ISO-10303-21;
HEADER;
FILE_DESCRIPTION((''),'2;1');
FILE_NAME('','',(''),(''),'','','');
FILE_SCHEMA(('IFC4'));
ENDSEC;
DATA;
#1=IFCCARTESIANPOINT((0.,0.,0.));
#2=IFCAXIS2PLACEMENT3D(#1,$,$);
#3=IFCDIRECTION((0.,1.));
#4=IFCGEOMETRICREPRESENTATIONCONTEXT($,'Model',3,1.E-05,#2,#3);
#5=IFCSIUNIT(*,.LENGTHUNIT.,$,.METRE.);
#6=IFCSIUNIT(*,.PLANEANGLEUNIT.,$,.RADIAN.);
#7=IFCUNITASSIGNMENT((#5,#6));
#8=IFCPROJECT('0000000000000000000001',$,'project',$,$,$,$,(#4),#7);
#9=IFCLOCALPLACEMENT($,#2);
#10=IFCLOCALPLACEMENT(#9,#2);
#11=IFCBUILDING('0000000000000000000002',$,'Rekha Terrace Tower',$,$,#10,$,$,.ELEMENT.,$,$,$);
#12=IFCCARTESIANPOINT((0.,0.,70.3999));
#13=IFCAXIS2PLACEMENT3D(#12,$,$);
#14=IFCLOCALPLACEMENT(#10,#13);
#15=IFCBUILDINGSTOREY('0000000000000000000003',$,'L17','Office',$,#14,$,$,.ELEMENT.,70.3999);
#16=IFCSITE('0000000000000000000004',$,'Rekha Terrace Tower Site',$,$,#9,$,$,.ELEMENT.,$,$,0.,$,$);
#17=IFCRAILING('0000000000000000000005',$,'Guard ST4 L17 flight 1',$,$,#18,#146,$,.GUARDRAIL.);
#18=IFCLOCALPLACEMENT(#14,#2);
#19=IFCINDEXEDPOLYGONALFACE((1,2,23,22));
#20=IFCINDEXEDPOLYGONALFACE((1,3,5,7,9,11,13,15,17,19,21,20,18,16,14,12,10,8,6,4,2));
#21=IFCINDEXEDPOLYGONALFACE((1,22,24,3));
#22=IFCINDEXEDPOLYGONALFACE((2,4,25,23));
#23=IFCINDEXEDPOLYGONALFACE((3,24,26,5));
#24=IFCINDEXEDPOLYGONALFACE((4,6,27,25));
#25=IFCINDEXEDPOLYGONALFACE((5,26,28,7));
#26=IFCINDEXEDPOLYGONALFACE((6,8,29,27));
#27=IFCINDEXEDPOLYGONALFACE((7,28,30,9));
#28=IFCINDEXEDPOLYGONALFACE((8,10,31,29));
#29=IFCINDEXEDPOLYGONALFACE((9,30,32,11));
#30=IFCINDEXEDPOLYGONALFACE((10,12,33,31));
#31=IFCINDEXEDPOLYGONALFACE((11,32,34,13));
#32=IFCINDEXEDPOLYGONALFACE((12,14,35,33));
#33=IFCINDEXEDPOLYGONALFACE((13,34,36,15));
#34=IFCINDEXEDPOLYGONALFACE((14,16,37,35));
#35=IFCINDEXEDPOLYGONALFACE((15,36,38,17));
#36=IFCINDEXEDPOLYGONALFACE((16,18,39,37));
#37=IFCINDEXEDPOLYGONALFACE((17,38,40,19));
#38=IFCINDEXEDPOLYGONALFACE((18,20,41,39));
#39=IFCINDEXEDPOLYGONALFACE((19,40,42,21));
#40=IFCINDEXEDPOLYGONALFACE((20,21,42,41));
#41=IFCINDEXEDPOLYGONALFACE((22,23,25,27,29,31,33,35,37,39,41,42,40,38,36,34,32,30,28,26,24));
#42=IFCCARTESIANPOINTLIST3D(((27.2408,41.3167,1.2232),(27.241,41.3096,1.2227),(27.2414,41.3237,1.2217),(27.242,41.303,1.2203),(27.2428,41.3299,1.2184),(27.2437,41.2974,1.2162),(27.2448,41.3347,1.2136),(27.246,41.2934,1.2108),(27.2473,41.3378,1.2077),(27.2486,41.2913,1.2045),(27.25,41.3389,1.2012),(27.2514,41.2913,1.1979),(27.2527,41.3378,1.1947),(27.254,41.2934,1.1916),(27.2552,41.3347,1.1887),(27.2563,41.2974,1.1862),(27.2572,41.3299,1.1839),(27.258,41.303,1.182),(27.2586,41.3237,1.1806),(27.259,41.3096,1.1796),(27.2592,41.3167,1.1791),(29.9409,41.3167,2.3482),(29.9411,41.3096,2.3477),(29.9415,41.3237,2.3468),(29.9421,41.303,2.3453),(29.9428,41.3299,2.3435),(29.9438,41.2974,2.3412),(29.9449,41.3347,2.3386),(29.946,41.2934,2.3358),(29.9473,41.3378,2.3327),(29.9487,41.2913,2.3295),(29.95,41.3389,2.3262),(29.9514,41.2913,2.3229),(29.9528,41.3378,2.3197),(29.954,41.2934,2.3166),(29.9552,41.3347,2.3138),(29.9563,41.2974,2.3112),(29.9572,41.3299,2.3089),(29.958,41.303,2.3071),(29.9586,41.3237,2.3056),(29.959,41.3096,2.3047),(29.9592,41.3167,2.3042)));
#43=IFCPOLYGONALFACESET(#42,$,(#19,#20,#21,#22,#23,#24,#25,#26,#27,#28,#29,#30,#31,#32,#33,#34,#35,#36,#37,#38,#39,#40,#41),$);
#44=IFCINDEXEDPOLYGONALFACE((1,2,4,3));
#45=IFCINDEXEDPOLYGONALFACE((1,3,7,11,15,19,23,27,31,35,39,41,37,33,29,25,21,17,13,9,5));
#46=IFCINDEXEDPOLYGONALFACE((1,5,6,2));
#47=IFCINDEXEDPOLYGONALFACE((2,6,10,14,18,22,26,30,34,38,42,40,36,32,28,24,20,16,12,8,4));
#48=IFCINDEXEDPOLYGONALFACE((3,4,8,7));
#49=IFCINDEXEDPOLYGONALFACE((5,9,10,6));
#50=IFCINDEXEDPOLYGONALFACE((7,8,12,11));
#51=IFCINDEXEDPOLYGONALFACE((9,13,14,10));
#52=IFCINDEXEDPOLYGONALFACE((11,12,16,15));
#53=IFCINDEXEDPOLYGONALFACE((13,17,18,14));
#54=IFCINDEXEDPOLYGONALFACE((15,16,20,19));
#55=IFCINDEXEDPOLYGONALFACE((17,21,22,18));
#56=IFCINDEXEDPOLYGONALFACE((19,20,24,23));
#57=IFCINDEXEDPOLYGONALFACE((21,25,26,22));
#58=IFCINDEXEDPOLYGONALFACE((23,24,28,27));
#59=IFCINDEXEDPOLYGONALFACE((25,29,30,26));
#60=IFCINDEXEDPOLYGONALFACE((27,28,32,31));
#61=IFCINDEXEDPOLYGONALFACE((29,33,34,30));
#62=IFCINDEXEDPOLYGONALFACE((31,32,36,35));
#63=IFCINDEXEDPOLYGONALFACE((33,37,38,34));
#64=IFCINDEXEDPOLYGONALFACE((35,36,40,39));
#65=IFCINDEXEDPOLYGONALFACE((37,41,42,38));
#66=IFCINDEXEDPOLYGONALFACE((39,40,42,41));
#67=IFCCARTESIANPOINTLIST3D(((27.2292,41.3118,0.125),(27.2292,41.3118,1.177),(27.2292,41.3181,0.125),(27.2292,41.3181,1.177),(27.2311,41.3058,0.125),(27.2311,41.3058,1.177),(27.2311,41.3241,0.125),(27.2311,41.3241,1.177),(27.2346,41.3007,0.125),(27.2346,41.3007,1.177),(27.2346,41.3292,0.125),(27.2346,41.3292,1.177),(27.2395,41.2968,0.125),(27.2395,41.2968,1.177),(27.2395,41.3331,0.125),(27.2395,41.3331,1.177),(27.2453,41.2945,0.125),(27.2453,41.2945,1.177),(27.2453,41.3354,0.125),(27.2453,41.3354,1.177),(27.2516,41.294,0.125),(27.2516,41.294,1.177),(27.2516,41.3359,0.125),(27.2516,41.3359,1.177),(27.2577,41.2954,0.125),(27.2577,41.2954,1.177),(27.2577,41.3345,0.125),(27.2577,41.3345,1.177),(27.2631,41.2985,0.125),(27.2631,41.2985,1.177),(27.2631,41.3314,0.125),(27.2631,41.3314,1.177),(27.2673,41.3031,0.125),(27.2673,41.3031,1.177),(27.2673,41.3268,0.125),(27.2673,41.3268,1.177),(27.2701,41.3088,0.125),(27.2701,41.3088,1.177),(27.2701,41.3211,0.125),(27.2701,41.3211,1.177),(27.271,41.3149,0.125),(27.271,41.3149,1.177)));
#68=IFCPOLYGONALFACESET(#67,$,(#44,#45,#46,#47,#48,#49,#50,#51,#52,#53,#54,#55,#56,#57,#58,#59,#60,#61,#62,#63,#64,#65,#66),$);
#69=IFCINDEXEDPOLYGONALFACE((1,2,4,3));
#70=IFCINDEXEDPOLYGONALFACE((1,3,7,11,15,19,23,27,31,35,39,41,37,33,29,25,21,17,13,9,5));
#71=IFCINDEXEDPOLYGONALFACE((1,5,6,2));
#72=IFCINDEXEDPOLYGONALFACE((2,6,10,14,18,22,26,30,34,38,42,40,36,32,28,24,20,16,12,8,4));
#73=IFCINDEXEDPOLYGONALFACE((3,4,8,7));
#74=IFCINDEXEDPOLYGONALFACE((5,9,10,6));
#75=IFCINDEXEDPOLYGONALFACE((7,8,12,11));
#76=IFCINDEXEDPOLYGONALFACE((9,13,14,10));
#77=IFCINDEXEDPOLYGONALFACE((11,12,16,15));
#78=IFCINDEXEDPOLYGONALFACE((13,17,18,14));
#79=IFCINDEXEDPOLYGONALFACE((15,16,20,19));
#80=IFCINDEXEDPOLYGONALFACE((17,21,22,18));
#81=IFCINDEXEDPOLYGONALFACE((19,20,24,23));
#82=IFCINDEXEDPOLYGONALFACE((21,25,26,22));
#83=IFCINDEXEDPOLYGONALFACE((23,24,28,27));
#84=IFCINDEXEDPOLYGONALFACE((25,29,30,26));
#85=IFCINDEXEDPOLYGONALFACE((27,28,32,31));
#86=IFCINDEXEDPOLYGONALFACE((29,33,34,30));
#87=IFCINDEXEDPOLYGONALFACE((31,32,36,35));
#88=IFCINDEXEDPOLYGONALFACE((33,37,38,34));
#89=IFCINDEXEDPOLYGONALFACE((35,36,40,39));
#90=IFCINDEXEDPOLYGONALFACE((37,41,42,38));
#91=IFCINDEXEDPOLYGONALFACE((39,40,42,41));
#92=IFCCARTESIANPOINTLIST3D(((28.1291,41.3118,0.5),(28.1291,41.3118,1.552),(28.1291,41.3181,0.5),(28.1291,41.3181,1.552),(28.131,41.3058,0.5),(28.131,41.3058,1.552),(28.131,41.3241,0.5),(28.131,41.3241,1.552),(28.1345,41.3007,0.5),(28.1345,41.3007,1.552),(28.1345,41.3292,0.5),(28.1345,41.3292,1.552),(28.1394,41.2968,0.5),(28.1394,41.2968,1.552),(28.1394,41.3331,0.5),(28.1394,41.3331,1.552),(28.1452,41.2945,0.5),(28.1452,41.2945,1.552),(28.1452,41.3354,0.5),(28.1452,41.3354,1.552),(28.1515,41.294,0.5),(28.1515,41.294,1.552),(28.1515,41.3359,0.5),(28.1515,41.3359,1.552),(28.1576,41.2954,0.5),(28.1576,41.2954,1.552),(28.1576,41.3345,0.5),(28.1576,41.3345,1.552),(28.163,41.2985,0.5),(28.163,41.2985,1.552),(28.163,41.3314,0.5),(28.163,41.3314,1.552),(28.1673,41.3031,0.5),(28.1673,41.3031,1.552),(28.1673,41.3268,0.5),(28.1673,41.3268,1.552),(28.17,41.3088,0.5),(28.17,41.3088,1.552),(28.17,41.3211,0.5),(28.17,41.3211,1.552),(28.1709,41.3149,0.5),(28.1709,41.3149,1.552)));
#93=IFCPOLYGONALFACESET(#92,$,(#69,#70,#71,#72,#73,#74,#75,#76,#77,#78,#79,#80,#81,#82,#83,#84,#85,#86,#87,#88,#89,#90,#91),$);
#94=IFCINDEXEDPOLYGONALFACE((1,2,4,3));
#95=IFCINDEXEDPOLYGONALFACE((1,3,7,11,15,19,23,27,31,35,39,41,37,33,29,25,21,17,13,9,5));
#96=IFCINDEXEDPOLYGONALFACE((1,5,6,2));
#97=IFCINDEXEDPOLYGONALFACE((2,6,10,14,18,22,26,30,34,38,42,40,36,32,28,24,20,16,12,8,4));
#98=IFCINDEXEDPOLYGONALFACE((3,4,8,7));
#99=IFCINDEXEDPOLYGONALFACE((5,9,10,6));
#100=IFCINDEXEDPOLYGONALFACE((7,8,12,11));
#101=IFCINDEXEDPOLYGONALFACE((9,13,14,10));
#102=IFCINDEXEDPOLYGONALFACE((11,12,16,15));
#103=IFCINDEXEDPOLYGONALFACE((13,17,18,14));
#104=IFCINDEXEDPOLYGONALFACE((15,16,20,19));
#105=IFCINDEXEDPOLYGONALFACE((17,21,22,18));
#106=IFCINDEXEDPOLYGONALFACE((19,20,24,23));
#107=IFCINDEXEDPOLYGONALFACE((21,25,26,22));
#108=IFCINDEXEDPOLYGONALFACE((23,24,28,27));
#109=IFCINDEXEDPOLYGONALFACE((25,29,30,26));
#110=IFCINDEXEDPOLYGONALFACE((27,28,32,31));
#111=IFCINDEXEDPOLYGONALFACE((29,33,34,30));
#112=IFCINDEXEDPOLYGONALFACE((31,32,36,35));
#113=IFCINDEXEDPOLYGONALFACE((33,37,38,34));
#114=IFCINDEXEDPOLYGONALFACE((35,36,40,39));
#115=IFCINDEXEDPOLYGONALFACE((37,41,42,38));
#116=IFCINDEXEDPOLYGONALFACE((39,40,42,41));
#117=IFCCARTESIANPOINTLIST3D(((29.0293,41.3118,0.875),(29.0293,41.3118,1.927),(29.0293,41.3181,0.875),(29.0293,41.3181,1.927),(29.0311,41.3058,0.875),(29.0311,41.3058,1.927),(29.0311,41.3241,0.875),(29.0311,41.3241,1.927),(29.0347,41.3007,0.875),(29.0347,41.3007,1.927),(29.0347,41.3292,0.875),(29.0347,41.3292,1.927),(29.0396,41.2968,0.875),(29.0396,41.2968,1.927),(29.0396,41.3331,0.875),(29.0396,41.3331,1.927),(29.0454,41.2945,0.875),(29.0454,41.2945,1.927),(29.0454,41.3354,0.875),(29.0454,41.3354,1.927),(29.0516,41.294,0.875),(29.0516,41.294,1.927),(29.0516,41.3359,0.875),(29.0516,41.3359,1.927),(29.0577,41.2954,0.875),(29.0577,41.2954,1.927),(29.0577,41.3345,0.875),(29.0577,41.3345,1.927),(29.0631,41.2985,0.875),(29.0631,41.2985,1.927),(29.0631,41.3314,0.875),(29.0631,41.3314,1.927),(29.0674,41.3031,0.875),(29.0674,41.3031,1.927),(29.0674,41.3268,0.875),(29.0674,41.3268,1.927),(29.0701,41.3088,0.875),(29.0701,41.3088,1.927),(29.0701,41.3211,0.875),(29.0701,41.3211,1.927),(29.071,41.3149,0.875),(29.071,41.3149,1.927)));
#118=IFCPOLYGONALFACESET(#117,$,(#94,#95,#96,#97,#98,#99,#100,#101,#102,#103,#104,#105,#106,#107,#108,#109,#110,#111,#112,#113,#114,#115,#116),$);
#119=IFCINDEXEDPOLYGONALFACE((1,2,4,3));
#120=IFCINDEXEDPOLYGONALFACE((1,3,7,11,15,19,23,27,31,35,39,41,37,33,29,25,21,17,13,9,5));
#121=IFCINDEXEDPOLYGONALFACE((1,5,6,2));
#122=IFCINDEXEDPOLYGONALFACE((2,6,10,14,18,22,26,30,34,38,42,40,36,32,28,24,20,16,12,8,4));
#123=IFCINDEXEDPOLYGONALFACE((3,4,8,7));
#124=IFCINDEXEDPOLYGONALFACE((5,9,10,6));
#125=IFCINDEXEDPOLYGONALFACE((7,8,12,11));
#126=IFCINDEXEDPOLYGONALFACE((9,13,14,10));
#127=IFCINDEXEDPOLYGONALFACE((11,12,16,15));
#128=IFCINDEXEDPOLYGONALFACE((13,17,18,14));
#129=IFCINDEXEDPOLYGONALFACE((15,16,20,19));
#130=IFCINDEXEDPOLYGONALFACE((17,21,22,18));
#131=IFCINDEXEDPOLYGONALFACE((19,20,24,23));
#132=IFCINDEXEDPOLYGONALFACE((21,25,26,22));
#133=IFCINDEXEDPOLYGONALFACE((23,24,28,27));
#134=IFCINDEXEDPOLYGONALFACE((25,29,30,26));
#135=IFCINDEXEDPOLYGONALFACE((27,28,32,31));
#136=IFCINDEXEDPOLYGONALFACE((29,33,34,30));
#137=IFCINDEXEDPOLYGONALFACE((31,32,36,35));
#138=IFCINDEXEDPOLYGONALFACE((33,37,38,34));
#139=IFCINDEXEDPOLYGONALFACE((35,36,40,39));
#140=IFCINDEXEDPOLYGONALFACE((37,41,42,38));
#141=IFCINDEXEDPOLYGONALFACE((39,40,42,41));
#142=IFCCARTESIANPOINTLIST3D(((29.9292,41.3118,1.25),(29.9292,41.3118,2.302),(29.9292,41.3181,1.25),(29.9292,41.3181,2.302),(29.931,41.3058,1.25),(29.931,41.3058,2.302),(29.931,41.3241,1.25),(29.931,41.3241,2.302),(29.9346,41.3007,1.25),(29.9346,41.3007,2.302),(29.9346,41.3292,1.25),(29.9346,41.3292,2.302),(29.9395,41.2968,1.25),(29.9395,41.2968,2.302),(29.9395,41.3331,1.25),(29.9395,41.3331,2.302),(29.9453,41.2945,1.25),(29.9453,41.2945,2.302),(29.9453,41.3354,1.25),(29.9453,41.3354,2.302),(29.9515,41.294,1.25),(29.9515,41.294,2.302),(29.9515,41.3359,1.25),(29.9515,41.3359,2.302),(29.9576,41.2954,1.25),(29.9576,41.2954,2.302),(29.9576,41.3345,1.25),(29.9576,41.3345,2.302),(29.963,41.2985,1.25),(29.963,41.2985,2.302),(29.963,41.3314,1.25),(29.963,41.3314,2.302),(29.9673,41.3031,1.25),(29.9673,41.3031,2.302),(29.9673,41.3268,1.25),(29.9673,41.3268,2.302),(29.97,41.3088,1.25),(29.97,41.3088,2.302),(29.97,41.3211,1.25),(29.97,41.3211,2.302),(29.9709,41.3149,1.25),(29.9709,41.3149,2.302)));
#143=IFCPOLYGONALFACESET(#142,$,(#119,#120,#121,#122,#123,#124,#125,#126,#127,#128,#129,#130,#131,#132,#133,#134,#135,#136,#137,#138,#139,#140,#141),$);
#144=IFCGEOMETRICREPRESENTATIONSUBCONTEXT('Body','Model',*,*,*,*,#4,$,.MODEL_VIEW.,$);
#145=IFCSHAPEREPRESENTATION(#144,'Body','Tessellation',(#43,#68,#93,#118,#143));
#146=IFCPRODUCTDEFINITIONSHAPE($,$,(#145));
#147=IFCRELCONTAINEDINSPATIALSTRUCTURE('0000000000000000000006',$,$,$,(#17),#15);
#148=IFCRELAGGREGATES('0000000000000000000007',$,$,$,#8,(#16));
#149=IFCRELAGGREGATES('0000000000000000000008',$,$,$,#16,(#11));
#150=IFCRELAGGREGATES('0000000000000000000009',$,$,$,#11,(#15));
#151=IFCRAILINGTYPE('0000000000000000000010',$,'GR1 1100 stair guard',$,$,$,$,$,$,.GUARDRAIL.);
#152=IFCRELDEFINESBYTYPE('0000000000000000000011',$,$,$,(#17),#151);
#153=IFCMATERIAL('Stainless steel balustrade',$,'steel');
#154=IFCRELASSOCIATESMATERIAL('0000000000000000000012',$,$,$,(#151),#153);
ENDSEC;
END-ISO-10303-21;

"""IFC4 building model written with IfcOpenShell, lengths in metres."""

from ifc_helpers import new_model, si_unit, direction, frame, origin, origin_2d, place, context, subcontext, project, spatial, circle, extrude, material, type_object, element, save


model = new_model("IFC4")

# Units and contexts
model_context = context("Model", 3, precision=1e-05, world=origin(), true_north=direction((0.0, 1.0)))
body_context = subcontext(model_context, "Body", "Model", "MODEL_VIEW")
ifc_project = project(units=[si_unit("LENGTHUNIT", "METRE"), si_unit("PLANEANGLEUNIT", "RADIAN")], contexts=[model_context])

# Site, building, storey
site_placement = place(None, origin())
site = spatial("IfcSite", under=ifc_project, at=site_placement, Name="Rekha Terrace Tower Site", CompositionType="ELEMENT", RefElevation=0.0)
building_placement = place(site_placement, origin())
building = spatial("IfcBuilding", under=site, at=building_placement, Name="Rekha Terrace Tower", CompositionType="ELEMENT")
storey_placement = place(building_placement, frame((0.0, 0.0, 70.3999)))
storey = spatial("IfcBuildingStorey", under=building, at=storey_placement, Name="L17", Description="Office", CompositionType="ELEMENT", Elevation=70.3999)

# Railing
ifc_material_1 = material(Name="Stainless steel balustrade", Category="steel")
railing_type_1 = type_object("IfcRailingType", Name="GR1 1100 stair guard", PredefinedType="GUARDRAIL", material=ifc_material_1)
railing_1_placement = place(storey_placement, frame((27.25, 41.3149, 0.125)))
element("IfcRailing", 1, at=railing_1_placement, inside=storey, type_object=railing_type_1, Name="Guard ST4 L17 flight 1", PredefinedType="GUARDRAIL", context=body_context, shape_type="SweptSolid", body=[
    extrude(circle(Radius=0.0239, at=origin_2d()), frame((0.0, 0.0, 1.0762), z_axis=(0.923074, 0.0, 0.384621), x_axis=(0.0, 1.0, 0.0)), (0.0, 0.0, 1.0), 2.925),
    extrude(circle(Radius=0.021, at=origin_2d()), origin(), (0.0, 0.0, 1.0), 1.052),
    extrude(circle(Radius=0.021, at=origin_2d()), frame((0.8999, 0.0, 0.375)), (0.0, 0.0, 1.0), 1.052),
    extrude(circle(Radius=0.021, at=origin_2d()), frame((1.8, 0.0, 0.75)), (0.0, 0.0, 1.0), 1.052),
    extrude(circle(Radius=0.021, at=origin_2d()), frame((2.7, 0.0, 1.125)), (0.0, 0.0, 1.0), 1.052),
])

save(model, "model.ifc")
